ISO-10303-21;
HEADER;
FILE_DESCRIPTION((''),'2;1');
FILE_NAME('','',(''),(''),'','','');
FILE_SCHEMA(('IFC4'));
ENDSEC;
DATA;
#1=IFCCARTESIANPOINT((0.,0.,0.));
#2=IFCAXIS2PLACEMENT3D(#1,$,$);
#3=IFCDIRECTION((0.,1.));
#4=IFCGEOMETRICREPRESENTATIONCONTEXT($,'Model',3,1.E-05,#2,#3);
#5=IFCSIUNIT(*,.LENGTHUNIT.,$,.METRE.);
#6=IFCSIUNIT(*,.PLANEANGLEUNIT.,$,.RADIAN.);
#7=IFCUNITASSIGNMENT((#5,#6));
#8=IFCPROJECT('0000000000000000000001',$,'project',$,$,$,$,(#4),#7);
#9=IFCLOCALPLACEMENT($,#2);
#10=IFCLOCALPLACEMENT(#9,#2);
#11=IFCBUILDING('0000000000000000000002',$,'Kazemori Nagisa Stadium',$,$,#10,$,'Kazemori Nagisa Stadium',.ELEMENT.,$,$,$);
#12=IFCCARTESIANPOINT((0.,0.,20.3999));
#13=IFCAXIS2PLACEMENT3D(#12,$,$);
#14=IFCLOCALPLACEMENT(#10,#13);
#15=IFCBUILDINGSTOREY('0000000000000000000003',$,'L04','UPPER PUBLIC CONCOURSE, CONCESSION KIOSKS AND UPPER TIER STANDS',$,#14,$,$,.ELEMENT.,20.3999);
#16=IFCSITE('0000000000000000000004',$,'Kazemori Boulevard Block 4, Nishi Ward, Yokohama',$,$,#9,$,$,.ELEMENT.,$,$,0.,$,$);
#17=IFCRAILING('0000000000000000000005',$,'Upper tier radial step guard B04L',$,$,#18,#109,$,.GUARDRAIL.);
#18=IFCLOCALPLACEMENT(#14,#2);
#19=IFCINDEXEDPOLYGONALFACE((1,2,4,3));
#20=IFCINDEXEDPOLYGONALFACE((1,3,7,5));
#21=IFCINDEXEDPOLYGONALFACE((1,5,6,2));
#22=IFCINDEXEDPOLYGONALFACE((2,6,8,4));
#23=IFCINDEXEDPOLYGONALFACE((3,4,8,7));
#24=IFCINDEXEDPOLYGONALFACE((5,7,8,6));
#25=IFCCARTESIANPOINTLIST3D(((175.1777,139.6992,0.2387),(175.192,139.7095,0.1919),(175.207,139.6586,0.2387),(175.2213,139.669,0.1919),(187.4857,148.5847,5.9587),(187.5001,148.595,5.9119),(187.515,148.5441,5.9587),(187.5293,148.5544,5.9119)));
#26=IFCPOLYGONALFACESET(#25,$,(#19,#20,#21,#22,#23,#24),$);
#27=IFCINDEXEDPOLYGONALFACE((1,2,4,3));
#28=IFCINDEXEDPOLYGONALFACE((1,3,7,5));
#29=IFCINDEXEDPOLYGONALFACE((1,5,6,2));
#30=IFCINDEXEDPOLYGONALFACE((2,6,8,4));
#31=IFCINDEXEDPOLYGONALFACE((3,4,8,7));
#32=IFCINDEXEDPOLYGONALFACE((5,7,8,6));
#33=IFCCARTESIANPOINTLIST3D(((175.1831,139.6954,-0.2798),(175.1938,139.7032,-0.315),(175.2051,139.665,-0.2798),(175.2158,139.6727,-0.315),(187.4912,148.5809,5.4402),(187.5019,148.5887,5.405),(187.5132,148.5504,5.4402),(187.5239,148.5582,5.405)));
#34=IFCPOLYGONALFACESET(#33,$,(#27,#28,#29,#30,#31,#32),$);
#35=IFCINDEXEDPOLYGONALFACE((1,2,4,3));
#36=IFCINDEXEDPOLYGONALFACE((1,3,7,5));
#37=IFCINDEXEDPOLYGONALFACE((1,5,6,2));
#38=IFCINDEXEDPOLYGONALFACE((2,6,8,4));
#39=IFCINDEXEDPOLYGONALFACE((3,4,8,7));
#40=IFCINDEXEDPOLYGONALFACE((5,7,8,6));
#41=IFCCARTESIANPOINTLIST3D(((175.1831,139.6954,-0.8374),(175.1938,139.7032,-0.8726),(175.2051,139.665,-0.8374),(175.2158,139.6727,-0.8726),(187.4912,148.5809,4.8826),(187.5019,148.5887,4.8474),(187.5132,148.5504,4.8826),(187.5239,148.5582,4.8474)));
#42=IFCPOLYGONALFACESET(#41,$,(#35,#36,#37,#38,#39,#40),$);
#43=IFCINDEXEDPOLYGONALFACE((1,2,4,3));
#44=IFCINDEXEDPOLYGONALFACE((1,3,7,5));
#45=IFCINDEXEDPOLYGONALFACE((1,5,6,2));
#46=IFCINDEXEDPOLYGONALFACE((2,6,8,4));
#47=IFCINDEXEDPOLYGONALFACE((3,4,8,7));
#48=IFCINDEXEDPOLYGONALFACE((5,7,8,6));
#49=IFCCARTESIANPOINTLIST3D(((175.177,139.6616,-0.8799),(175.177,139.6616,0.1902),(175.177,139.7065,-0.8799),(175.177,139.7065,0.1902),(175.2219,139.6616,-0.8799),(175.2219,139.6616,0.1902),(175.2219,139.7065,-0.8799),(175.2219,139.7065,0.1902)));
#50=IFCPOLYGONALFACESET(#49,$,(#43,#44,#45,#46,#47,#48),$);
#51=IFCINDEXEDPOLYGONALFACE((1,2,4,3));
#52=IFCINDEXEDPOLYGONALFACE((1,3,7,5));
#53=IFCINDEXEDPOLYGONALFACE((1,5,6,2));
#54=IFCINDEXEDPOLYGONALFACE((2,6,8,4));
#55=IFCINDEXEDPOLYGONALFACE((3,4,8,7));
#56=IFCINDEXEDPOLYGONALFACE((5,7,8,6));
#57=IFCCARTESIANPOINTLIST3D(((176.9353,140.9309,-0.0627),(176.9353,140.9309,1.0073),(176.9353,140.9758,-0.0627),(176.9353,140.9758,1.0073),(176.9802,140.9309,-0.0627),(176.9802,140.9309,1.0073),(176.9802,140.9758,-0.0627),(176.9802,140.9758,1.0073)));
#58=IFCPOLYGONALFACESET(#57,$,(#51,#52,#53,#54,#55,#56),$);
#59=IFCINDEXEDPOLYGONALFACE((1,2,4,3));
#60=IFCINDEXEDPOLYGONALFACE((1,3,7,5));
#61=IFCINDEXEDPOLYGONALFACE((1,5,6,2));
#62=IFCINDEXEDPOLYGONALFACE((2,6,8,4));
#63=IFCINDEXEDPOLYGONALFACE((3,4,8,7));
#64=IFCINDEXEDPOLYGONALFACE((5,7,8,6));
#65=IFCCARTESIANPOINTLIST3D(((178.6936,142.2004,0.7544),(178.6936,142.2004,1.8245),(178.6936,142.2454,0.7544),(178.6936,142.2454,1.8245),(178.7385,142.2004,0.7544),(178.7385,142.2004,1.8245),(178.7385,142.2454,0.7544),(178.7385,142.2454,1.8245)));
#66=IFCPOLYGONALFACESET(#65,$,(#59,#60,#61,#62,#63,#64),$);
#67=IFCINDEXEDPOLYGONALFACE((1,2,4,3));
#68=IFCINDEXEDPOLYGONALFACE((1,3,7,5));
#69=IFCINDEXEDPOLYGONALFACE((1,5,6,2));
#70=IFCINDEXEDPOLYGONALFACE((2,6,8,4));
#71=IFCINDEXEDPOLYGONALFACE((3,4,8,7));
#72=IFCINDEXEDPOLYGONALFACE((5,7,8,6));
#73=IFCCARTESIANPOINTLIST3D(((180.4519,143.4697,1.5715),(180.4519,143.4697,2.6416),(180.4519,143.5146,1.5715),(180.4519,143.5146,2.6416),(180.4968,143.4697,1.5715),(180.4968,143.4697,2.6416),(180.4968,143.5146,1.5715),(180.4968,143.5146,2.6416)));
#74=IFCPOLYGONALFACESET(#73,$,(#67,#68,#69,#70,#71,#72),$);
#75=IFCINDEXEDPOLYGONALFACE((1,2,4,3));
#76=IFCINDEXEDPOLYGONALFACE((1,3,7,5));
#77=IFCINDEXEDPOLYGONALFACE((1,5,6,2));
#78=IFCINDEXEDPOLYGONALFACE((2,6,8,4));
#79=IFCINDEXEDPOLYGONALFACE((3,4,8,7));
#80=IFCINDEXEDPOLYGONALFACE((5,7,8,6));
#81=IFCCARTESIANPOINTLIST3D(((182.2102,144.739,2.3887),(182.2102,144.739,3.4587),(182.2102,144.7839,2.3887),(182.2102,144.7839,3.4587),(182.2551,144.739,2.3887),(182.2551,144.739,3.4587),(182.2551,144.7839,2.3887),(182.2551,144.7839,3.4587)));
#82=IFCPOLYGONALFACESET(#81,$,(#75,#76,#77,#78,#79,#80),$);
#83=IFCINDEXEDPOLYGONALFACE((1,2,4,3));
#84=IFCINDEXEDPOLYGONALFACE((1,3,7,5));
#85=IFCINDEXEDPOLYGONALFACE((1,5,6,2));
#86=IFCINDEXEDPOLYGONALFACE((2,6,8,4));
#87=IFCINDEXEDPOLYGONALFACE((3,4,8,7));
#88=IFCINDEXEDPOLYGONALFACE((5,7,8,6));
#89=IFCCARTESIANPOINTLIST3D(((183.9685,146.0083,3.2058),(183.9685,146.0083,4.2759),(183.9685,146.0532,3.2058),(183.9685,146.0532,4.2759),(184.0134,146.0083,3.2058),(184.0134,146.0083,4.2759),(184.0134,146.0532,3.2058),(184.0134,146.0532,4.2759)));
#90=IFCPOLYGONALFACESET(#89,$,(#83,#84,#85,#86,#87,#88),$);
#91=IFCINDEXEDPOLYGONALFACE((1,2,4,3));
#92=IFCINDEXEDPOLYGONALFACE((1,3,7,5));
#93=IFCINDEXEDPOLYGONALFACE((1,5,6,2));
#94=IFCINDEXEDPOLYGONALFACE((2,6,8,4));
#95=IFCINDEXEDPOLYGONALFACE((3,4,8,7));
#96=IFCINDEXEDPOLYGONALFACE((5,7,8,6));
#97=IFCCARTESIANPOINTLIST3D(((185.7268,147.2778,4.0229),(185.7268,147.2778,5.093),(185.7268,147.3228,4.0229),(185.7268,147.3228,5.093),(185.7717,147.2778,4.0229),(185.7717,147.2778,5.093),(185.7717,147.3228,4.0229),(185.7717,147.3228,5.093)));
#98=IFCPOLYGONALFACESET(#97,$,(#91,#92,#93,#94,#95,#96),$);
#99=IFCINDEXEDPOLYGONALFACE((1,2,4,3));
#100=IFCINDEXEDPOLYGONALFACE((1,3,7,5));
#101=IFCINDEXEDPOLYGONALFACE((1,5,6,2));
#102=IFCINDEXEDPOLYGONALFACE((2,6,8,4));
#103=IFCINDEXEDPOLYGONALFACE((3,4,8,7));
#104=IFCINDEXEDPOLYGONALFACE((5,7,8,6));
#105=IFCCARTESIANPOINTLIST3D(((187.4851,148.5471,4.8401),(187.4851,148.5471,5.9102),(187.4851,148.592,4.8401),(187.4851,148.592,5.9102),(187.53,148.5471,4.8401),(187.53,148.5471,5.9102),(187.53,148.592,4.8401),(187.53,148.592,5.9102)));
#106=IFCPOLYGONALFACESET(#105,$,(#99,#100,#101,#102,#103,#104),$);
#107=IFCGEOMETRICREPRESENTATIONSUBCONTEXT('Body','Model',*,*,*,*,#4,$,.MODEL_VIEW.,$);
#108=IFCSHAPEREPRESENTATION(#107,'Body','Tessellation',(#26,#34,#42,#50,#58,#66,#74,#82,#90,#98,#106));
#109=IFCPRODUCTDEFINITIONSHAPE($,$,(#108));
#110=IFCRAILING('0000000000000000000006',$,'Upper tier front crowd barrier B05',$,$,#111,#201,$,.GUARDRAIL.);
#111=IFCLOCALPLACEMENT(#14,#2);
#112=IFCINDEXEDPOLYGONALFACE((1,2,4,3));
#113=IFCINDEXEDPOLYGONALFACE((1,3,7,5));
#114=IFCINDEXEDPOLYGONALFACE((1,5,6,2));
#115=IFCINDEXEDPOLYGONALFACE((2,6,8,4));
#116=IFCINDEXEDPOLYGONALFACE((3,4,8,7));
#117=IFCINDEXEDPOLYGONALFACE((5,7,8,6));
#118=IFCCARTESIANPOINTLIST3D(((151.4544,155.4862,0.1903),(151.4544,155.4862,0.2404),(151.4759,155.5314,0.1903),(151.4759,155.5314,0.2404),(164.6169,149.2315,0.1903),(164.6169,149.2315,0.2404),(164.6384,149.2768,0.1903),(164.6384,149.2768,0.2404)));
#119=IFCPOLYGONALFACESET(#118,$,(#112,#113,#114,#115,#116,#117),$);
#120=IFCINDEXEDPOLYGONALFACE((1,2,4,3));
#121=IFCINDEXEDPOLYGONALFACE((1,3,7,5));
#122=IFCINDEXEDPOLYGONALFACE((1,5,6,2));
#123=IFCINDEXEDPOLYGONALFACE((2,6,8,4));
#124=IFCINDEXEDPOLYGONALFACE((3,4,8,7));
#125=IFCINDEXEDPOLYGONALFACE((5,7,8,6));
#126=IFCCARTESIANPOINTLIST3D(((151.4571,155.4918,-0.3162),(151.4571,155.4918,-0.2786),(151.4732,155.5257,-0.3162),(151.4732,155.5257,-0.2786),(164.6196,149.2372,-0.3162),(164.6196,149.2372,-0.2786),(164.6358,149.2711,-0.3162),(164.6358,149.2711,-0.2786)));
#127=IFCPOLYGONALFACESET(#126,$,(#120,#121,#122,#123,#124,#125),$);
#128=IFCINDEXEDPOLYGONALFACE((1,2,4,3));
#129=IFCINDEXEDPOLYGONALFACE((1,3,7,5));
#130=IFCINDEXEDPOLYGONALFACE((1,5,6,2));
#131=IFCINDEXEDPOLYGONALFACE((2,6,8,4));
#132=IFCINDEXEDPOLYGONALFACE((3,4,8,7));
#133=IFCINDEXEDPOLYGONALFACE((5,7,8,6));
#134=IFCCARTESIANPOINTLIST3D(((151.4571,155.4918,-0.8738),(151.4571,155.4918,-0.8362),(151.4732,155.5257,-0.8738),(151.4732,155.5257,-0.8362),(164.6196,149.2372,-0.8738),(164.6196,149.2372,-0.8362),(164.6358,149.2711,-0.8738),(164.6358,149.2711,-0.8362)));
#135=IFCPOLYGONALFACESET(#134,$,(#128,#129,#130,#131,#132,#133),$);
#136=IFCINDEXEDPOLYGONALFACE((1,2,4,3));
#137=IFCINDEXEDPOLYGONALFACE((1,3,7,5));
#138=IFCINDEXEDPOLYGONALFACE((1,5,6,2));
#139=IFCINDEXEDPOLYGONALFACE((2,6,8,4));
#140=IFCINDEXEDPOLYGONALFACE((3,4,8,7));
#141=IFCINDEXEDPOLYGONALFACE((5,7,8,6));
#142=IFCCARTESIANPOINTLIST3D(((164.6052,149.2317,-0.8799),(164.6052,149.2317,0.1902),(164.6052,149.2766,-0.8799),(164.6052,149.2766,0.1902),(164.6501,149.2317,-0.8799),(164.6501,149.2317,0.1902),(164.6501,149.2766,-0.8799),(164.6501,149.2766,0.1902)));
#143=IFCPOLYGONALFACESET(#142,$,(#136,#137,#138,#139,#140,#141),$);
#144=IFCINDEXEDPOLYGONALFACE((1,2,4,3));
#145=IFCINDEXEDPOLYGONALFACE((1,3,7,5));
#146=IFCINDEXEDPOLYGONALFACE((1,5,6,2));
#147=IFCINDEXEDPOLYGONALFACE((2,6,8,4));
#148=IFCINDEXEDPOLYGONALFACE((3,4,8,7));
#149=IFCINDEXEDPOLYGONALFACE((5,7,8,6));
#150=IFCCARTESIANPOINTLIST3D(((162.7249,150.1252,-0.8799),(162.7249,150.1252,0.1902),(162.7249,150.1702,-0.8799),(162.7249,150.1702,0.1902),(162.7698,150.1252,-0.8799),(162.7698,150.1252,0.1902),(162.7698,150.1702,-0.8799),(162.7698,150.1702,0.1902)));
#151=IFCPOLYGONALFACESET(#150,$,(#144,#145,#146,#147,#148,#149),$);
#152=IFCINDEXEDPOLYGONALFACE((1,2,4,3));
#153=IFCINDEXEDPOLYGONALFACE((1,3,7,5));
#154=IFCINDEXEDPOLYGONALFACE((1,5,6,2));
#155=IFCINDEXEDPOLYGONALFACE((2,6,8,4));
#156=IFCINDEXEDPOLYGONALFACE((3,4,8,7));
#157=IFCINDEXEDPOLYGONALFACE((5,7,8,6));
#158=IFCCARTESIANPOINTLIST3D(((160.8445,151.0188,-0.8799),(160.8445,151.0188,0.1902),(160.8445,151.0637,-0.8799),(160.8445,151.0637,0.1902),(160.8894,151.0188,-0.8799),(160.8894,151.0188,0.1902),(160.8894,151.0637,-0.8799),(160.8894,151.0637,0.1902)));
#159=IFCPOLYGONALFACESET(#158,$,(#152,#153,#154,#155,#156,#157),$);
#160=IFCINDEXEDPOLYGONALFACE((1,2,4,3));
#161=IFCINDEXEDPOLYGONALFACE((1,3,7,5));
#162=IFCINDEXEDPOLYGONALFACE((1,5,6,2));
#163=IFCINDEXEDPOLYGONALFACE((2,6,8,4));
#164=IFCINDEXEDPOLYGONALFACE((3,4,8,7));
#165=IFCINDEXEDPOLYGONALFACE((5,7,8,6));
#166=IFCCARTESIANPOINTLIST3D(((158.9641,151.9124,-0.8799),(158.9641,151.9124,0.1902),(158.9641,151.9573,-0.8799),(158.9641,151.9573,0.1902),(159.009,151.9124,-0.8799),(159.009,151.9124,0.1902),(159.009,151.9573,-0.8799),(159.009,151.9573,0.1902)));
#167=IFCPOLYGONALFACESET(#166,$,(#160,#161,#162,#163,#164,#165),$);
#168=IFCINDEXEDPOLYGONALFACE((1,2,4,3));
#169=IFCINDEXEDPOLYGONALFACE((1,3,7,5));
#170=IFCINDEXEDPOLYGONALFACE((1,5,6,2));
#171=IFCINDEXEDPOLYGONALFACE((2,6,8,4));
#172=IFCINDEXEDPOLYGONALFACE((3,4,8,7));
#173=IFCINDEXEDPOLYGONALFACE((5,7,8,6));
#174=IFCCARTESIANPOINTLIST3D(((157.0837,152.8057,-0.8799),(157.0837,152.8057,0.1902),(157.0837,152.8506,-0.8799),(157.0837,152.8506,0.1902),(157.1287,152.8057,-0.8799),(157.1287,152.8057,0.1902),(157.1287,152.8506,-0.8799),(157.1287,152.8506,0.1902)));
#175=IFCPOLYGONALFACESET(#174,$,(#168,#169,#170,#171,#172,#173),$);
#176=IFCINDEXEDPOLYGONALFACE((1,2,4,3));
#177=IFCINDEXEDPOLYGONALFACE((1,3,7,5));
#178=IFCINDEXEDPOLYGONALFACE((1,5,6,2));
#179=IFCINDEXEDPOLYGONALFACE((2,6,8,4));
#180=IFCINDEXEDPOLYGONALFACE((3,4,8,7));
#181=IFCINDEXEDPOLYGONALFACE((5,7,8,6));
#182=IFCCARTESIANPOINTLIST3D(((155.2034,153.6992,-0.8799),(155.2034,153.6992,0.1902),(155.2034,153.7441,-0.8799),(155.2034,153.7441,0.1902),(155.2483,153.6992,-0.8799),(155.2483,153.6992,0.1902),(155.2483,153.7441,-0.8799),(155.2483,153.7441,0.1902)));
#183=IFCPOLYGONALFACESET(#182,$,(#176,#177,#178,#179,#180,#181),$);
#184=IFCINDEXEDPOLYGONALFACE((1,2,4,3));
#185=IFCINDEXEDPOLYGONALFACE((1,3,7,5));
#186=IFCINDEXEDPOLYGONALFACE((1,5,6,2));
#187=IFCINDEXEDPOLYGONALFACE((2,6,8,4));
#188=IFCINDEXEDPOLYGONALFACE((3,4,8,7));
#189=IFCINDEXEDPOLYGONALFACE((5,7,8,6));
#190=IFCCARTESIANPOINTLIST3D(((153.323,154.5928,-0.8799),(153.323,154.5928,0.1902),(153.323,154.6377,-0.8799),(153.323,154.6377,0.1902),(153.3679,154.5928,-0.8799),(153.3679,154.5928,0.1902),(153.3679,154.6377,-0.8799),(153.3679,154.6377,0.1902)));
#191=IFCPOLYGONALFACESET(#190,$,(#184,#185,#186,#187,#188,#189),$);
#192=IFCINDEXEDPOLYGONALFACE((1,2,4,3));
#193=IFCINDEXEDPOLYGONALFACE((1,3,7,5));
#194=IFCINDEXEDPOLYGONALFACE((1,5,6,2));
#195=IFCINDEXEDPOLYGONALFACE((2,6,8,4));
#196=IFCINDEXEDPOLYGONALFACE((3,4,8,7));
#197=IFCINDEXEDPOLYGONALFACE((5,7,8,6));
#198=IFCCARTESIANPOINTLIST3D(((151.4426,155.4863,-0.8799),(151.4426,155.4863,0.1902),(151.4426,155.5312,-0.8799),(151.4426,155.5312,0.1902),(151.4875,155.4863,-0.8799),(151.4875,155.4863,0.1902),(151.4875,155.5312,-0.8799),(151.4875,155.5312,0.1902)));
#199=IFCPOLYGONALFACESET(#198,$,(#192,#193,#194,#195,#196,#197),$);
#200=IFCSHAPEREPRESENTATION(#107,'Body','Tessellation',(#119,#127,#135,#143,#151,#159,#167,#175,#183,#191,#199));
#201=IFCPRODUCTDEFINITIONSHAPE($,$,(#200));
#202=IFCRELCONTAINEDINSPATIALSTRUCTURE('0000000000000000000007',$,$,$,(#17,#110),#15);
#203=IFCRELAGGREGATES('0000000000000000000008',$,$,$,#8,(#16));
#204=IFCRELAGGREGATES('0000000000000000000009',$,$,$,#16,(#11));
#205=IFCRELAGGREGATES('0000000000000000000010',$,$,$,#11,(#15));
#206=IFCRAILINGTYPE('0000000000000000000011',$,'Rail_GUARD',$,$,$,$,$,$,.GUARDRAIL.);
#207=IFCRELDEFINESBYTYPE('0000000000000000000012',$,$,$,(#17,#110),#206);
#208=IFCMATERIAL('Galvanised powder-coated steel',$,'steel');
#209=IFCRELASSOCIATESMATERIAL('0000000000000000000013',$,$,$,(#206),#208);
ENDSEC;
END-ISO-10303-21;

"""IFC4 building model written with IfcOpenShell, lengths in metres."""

from ifc_helpers import new_model, si_unit, direction, frame, origin, origin_2d, place, context, subcontext, project, spatial, rectangle, extrude, material, type_object, element, save


model = new_model("IFC4")

# Units and contexts
model_context = context("Model", 3, precision=1e-05, world=origin(), true_north=direction((0.0, 1.0)))
body_context = subcontext(model_context, "Body", "Model", "MODEL_VIEW")
ifc_project = project(units=[si_unit("LENGTHUNIT", "METRE"), si_unit("PLANEANGLEUNIT", "RADIAN")], contexts=[model_context])

# Site, building, storey
site_placement = place(None, origin())
site = spatial("IfcSite", under=ifc_project, at=site_placement, Name="Kazemori Boulevard Block 4, Nishi Ward, Yokohama", CompositionType="ELEMENT", RefElevation=0.0)
building_placement = place(site_placement, origin())
building = spatial("IfcBuilding", under=site, at=building_placement, Name="Kazemori Nagisa Stadium", LongName="Kazemori Nagisa Stadium", CompositionType="ELEMENT")
storey_placement = place(building_placement, frame((0.0, 0.0, 20.3999)))
storey = spatial("IfcBuildingStorey", under=building, at=storey_placement, Name="L04", Description="UPPER PUBLIC CONCOURSE, CONCESSION KIOSKS AND UPPER TIER STANDS", CompositionType="ELEMENT", Elevation=20.3999)

# Railings
ifc_material_1 = material(Name="Galvanised powder-coated steel", Category="steel")
railing_type = type_object("IfcRailingType", Name="Rail_GUARD", PredefinedType="GUARDRAIL", material=ifc_material_1)
railing_1_placement = place(storey_placement, frame((175.1995, 139.6841, -0.8799)))
element("IfcRailing", 1, at=railing_1_placement, inside=storey, type_object=railing_type, Name="Upper tier radial step guard B04L", PredefinedType="GUARDRAIL", context=body_context, shape_type="SweptSolid", body=[
    extrude(rectangle(XDim=0.05, YDim=0.05, at=origin_2d()), frame((0.0, 0.0, 1.0952), z_axis=(0.75872, 0.547737, 0.352602), x_axis=(-0.585331, 0.810795, 0.0)), (0.0, 0.0, 1.0), 16.2222),
    extrude(rectangle(XDim=0.0376, YDim=0.0376, at=origin_2d()), frame((0.0, 0.0, 0.5825), z_axis=(0.75872, 0.547737, 0.352602), x_axis=(-0.585331, 0.810795, 0.0)), (0.0, 0.0, 1.0), 16.2222),
    extrude(rectangle(XDim=0.0376, YDim=0.0376, at=origin_2d()), frame((0.0, 0.0, 0.0249), z_axis=(0.75872, 0.547737, 0.352602), x_axis=(-0.585331, 0.810795, 0.0)), (0.0, 0.0, 1.0), 16.2222),
    extrude(rectangle(XDim=0.0449, YDim=0.0449, at=origin_2d()), origin(), (0.0, 0.0, 1.0), 1.0701),
    extrude(rectangle(XDim=0.0449, YDim=0.0449, at=origin_2d()), frame((1.7583, 1.2693, 0.8171)), (0.0, 0.0, 1.0), 1.0701),
    extrude(rectangle(XDim=0.0449, YDim=0.0449, at=origin_2d()), frame((3.5166, 2.5388, 1.6343)), (0.0, 0.0, 1.0), 1.0701),
    extrude(rectangle(XDim=0.0449, YDim=0.0449, at=origin_2d()), frame((5.2749, 3.8081, 2.4514)), (0.0, 0.0, 1.0), 1.0701),
    extrude(rectangle(XDim=0.0449, YDim=0.0449, at=origin_2d()), frame((7.0332, 5.0774, 3.2686)), (0.0, 0.0, 1.0), 1.0701),
    extrude(rectangle(XDim=0.0449, YDim=0.0449, at=origin_2d()), frame((8.7915, 6.3467, 4.0857)), (0.0, 0.0, 1.0), 1.0701),
    extrude(rectangle(XDim=0.0449, YDim=0.0449, at=origin_2d()), frame((10.5498, 7.6162, 4.9028)), (0.0, 0.0, 1.0), 1.0701),
    extrude(rectangle(XDim=0.0449, YDim=0.0449, at=origin_2d()), frame((12.3081, 8.8855, 5.72)), (0.0, 0.0, 1.0), 1.0701),
])
railing_2_placement = place(storey_placement, frame((164.6277, 149.2542, -0.8799)))
element("IfcRailing", 2, at=railing_2_placement, inside=storey, type_object=railing_type, Name="Upper tier front crowd barrier B05", PredefinedType="GUARDRAIL", context=body_context, shape_type="SweptSolid", body=[
    extrude(rectangle(XDim=0.05, YDim=0.05, at=origin_2d()), frame((0.0, 0.0, 1.0952), z_axis=(-0.903214, 0.429191, 0.0), x_axis=(-0.429191, -0.903214, 0.0)), (0.0, 0.0, 1.0), 14.573),
    extrude(rectangle(XDim=0.0376, YDim=0.0376, at=origin_2d()), frame((0.0, 0.0, 0.5825), z_axis=(-0.903214, 0.429191, 0.0), x_axis=(-0.429191, -0.903214, 0.0)), (0.0, 0.0, 1.0), 14.573),
    extrude(rectangle(XDim=0.0376, YDim=0.0376, at=origin_2d()), frame((0.0, 0.0, 0.0249), z_axis=(-0.903214, 0.429191, 0.0), x_axis=(-0.429191, -0.903214, 0.0)), (0.0, 0.0, 1.0), 14.573),
    extrude(rectangle(XDim=0.0449, YDim=0.0449, at=origin_2d()), origin(), (0.0, 0.0, 1.0), 1.0701),
    extrude(rectangle(XDim=0.0449, YDim=0.0449, at=origin_2d()), frame((-1.8804, 0.8936, 0.0)), (0.0, 0.0, 1.0), 1.0701),
    extrude(rectangle(XDim=0.0449, YDim=0.0449, at=origin_2d()), frame((-3.7607, 1.7871, 0.0)), (0.0, 0.0, 1.0), 1.0701),
    extrude(rectangle(XDim=0.0449, YDim=0.0449, at=origin_2d()), frame((-5.6411, 2.6807, 0.0)), (0.0, 0.0, 1.0), 1.0701),
    extrude(rectangle(XDim=0.0449, YDim=0.0449, at=origin_2d()), frame((-7.5215, 3.574, 0.0)), (0.0, 0.0, 1.0), 1.0701),
    extrude(rectangle(XDim=0.0449, YDim=0.0449, at=origin_2d()), frame((-9.4019, 4.4675, 0.0)), (0.0, 0.0, 1.0), 1.0701),
    extrude(rectangle(XDim=0.0449, YDim=0.0449, at=origin_2d()), frame((-11.2822, 5.3611, 0.0)), (0.0, 0.0, 1.0), 1.0701),
    extrude(rectangle(XDim=0.0449, YDim=0.0449, at=origin_2d()), frame((-13.1626, 6.2546, 0.0)), (0.0, 0.0, 1.0), 1.0701),
])

save(model, "model.ifc")
